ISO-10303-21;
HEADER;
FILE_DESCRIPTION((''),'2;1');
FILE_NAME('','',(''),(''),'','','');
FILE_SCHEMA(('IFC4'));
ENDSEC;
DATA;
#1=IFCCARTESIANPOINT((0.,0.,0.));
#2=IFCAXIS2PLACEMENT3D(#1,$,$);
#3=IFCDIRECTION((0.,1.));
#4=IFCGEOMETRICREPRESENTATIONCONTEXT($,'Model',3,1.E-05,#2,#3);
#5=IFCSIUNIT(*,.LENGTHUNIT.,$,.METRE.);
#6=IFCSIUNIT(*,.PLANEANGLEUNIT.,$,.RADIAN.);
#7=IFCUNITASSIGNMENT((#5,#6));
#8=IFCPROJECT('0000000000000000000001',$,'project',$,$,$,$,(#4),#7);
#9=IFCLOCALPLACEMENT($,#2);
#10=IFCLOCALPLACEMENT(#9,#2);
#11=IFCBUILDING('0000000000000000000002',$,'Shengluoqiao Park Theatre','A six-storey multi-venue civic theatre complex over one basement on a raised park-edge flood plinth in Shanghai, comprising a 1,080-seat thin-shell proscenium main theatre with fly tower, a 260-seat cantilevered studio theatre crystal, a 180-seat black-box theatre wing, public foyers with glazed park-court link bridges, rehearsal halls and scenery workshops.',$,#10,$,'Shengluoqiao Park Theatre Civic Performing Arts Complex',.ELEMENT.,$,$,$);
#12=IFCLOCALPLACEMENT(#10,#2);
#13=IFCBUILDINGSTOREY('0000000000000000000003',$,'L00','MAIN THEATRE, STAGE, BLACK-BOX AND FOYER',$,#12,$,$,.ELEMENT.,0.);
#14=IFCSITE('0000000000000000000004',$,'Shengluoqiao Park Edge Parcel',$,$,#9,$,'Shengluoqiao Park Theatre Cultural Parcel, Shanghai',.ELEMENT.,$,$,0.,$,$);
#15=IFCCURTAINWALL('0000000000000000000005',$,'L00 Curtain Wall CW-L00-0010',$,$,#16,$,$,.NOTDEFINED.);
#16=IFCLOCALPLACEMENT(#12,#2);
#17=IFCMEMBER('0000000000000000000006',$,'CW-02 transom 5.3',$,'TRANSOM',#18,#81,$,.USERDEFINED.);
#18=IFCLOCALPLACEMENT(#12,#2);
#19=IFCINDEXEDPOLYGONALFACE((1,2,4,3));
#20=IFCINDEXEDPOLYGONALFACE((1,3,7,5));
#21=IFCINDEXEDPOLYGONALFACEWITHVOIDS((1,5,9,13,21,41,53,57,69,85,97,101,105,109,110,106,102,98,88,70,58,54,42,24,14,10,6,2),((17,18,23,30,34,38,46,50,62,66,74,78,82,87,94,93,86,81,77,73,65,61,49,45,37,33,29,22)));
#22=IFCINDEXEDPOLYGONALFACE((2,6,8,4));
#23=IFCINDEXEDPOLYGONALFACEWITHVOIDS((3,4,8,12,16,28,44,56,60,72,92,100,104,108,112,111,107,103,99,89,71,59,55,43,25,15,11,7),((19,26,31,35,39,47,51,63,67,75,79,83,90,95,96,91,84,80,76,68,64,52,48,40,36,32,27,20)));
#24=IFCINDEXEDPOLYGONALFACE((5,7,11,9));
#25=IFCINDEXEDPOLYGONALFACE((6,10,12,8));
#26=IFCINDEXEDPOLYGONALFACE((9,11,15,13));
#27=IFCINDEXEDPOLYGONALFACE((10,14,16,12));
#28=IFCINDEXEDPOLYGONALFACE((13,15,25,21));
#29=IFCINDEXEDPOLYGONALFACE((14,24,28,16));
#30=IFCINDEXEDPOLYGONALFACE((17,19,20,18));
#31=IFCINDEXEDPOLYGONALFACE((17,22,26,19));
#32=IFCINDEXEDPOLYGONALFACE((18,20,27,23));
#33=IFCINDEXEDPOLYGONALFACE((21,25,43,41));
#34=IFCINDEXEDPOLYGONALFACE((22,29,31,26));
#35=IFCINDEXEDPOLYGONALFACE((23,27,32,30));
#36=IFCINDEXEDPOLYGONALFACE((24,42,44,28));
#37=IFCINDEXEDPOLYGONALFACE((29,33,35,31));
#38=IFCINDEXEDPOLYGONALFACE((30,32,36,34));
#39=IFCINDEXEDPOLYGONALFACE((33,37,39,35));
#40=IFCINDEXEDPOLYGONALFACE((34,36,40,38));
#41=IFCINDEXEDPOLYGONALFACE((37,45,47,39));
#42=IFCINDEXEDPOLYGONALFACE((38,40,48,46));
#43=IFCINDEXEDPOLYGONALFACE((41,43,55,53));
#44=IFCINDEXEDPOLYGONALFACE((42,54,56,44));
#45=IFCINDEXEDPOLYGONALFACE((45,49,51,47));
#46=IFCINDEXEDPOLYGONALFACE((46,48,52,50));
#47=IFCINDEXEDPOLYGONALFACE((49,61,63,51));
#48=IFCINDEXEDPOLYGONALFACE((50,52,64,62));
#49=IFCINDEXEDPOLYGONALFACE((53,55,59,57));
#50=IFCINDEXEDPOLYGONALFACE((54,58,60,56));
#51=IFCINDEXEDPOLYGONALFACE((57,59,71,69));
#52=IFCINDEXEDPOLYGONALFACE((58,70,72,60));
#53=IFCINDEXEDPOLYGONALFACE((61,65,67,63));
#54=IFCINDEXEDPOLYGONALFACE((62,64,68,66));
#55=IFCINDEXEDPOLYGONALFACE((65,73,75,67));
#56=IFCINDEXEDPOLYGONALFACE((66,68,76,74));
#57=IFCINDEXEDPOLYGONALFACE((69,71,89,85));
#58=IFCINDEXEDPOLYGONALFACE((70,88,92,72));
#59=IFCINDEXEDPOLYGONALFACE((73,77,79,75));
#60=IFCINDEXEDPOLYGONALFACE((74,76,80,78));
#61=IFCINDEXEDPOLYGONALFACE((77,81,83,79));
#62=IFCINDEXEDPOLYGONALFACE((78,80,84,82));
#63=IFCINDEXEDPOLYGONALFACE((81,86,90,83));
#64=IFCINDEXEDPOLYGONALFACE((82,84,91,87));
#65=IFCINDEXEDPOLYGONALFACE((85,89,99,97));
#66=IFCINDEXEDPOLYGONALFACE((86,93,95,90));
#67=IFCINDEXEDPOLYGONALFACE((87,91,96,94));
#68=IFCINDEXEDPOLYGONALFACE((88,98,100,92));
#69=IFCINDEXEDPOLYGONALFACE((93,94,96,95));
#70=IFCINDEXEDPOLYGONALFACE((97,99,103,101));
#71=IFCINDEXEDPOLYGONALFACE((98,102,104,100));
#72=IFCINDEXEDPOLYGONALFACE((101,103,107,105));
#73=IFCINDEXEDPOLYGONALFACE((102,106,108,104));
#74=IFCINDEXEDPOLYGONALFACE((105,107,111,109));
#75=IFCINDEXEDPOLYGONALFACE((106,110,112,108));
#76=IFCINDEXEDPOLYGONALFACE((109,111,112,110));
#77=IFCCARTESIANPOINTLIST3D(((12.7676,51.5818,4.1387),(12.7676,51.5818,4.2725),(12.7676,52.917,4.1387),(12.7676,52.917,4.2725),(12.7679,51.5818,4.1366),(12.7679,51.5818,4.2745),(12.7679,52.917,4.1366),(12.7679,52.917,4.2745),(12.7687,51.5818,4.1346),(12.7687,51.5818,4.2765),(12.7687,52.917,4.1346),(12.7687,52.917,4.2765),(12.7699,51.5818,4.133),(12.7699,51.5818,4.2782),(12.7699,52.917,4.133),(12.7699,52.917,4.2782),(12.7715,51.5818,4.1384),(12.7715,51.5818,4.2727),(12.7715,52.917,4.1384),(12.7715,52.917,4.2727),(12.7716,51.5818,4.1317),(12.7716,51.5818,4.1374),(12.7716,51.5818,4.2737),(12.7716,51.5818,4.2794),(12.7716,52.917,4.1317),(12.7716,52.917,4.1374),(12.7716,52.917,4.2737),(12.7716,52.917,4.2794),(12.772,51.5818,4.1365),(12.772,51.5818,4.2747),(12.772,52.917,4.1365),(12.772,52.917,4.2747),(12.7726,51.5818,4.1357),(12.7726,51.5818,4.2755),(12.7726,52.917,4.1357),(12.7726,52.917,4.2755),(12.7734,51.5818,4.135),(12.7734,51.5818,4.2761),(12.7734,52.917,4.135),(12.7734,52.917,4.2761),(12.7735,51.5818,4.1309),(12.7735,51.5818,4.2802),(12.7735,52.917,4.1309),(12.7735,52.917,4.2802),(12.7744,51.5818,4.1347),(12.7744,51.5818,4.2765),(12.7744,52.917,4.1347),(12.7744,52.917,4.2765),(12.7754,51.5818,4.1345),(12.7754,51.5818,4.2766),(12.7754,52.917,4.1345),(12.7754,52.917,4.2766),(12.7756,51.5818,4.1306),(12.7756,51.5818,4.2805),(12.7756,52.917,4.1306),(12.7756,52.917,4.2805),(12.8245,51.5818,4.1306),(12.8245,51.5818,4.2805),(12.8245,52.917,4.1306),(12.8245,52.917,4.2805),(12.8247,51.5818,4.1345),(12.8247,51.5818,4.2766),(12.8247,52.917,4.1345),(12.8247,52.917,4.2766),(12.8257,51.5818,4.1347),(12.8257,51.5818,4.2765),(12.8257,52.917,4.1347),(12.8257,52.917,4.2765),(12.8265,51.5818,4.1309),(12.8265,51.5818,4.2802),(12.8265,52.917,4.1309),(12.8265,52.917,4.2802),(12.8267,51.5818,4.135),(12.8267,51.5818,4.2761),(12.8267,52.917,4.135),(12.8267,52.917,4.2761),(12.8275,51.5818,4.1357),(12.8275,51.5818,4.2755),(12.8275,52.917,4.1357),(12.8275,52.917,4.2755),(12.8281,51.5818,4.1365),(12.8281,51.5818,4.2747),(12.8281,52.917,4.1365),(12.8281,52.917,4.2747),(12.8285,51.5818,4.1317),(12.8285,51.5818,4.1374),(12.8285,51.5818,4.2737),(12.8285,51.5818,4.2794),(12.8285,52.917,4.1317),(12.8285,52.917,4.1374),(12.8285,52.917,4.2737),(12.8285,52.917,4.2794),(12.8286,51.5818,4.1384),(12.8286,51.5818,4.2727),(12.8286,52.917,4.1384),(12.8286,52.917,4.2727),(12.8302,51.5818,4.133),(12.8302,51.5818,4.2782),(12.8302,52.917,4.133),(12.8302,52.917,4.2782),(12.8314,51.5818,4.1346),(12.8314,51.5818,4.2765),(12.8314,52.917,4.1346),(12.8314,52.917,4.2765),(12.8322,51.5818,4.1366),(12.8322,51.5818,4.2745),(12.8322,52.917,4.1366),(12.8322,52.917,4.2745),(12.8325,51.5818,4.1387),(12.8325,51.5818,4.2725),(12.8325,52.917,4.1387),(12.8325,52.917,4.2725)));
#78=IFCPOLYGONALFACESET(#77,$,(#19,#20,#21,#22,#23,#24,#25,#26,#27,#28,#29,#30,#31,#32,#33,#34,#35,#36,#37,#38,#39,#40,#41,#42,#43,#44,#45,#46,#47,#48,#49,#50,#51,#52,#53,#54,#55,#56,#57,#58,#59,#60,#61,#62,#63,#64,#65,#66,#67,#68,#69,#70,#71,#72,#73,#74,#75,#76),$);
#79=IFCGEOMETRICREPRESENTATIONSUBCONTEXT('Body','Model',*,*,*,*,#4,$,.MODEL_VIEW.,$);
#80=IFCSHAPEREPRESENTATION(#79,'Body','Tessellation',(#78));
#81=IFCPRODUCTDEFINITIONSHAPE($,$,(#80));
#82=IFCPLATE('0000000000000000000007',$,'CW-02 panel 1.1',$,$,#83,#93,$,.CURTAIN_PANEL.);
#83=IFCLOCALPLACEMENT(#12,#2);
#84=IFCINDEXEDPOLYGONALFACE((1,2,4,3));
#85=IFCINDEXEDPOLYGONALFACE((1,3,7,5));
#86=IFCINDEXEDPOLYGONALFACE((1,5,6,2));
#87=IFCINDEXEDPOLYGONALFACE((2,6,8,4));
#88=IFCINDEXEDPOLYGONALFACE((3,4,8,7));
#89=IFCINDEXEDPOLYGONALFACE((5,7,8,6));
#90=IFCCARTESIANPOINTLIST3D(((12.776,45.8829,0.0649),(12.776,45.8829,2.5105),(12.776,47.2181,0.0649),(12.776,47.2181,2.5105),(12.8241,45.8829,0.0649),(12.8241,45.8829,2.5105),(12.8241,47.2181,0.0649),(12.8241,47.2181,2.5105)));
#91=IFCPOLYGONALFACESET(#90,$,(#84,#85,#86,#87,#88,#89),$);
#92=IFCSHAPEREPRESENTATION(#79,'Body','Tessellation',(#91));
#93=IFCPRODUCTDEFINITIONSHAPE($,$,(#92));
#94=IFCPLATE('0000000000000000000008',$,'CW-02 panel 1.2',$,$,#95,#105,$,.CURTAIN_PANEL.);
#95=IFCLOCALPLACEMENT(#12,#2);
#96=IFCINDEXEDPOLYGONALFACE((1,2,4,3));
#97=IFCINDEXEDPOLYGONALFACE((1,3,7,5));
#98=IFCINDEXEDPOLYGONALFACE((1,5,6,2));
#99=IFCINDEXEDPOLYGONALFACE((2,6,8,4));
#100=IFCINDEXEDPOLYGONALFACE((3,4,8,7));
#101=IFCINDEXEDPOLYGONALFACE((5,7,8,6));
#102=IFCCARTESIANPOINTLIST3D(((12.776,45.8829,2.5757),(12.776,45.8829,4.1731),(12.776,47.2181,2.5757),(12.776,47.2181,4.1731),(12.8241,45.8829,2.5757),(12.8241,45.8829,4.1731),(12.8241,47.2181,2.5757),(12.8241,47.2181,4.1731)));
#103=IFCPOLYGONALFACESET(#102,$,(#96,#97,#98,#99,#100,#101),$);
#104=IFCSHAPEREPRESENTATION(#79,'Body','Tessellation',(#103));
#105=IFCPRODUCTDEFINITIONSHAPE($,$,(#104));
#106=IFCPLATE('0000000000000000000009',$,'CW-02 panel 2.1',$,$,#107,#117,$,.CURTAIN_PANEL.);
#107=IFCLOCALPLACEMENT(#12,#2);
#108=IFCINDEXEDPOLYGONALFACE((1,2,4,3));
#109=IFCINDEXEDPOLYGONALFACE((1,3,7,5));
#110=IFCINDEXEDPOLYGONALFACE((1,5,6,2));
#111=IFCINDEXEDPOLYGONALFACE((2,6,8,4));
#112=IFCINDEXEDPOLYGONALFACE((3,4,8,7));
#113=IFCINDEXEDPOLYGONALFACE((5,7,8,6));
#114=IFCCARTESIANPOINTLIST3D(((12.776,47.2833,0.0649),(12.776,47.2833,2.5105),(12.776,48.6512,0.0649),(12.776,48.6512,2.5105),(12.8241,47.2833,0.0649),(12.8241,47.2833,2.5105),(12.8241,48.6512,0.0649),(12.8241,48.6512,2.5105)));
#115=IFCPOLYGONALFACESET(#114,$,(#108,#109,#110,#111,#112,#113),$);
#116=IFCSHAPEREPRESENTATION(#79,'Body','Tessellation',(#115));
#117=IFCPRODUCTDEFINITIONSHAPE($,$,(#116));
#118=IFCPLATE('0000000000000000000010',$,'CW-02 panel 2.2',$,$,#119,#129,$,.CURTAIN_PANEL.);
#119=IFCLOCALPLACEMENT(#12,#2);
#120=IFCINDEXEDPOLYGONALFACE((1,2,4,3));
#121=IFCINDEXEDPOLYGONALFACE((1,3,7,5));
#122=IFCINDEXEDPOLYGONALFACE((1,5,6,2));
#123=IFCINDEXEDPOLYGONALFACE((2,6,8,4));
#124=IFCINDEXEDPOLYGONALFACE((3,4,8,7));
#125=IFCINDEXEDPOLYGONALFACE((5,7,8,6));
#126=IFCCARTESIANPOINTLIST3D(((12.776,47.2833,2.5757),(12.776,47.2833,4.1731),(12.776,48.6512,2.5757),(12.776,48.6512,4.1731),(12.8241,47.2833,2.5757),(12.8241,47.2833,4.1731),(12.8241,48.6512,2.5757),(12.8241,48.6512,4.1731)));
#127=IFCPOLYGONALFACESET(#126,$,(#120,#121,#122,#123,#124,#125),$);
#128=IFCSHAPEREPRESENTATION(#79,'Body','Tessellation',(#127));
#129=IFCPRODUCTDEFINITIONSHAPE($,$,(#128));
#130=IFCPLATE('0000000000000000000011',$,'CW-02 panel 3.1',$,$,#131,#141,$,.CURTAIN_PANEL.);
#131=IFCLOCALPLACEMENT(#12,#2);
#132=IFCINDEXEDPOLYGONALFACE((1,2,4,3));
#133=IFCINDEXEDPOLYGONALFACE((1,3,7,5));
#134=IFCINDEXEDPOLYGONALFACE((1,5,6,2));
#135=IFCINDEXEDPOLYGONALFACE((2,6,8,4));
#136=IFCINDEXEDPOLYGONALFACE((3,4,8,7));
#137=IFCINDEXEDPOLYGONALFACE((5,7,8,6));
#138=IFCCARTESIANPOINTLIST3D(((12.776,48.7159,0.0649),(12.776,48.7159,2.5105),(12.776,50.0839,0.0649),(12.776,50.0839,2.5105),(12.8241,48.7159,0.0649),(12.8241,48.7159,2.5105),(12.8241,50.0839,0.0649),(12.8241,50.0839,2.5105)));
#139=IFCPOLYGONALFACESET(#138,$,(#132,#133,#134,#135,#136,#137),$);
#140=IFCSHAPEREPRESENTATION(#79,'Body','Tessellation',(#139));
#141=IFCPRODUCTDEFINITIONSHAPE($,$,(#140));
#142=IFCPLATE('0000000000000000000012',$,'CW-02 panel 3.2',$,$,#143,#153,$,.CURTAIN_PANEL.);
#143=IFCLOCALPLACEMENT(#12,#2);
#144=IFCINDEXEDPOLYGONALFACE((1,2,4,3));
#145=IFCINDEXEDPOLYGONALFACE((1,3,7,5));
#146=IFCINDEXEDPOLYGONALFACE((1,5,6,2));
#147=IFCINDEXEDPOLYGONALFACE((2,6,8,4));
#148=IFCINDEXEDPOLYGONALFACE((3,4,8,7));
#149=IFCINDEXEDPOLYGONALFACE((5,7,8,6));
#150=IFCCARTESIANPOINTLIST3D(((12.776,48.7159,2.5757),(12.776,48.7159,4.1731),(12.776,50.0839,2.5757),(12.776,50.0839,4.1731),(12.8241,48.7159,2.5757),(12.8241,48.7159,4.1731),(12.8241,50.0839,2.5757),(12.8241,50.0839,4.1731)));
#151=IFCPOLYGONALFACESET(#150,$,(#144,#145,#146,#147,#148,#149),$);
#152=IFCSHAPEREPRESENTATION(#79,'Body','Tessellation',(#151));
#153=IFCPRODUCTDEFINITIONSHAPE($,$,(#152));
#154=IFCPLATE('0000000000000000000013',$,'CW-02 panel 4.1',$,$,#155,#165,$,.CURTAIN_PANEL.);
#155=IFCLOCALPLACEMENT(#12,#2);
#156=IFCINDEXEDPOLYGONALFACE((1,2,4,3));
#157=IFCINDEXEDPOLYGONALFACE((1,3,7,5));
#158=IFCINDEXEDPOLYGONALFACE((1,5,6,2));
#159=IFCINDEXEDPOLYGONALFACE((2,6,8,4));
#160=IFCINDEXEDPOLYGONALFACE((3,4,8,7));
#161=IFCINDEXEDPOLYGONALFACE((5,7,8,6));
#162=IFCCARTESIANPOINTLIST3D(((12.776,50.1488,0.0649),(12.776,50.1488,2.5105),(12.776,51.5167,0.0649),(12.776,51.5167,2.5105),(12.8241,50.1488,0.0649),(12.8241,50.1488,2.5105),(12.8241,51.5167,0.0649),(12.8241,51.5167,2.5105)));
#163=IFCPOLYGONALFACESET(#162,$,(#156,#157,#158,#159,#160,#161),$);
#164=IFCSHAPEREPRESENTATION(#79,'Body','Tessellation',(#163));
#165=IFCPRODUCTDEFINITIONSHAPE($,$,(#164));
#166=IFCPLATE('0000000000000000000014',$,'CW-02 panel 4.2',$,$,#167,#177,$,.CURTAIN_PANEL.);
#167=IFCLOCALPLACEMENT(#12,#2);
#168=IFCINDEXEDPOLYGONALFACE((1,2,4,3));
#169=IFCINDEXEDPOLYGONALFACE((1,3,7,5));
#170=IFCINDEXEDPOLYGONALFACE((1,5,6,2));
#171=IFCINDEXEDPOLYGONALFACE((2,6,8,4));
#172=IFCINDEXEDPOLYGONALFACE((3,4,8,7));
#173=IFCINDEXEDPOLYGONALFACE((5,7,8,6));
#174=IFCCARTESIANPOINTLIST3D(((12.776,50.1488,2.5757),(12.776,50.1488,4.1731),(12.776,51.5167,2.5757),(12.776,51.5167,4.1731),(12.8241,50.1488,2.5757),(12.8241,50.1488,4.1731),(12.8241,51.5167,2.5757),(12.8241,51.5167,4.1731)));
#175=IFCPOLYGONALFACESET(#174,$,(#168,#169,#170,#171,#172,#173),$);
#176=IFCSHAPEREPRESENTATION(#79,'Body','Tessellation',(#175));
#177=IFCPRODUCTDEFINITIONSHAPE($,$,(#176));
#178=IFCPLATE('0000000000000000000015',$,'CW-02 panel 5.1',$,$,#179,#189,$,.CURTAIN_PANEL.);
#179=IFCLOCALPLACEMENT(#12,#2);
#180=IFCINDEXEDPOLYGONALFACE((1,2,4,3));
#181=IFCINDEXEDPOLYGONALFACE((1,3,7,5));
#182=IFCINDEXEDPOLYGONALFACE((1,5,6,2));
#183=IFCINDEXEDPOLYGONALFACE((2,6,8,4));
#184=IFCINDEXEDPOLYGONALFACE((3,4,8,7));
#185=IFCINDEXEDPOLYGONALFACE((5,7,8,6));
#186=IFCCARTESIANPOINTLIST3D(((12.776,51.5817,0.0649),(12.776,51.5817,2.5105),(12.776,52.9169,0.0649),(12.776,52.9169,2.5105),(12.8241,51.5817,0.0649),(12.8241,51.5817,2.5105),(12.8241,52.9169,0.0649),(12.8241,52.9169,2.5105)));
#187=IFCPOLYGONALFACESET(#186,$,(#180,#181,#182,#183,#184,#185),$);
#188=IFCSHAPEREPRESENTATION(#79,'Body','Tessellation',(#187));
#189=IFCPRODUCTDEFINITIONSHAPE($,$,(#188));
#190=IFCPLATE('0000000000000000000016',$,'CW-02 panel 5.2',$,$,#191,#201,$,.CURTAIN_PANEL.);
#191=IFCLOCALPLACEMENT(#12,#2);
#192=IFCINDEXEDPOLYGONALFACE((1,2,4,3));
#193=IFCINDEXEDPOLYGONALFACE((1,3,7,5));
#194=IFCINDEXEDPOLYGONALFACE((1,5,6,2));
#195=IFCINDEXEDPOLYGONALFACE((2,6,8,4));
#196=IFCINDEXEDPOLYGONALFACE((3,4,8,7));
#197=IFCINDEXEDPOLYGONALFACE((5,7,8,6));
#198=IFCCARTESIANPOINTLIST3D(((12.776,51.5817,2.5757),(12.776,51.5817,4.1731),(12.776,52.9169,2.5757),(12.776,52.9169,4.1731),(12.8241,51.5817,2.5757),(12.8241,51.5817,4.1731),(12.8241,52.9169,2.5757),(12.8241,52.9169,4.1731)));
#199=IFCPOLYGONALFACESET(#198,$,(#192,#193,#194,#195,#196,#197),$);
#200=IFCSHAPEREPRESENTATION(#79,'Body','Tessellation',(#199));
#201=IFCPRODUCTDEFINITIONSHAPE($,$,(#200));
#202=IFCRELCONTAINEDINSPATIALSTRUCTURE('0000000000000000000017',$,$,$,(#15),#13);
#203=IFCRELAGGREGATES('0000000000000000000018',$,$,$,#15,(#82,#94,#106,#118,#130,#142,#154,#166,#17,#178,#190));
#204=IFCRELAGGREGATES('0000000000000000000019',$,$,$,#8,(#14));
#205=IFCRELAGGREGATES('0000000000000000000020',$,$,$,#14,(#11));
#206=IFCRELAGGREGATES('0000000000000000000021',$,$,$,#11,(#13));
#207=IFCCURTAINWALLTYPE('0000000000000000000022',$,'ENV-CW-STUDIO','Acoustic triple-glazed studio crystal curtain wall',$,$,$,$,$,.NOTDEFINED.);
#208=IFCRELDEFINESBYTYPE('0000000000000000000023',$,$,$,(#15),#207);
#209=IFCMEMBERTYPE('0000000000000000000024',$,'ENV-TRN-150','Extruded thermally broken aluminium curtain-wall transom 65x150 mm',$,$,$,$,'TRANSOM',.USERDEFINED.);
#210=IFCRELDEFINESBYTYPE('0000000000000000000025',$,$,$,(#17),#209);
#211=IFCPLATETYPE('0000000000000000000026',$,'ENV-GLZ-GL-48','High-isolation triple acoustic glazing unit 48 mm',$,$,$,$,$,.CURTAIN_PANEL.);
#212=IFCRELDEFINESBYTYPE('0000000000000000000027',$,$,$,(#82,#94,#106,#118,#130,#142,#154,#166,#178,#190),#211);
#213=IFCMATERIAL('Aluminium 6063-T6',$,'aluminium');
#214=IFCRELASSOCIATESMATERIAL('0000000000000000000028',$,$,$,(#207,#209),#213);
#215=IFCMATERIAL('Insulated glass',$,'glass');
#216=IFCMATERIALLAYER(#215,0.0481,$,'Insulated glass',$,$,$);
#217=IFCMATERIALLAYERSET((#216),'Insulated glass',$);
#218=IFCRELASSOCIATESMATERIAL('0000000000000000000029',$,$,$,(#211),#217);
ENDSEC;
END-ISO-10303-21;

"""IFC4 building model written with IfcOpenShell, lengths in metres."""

from ifc_helpers import new_model, si_unit, direction, frame, origin, origin_2d, place, context, subcontext, project, spatial, rectangle, hollow_rectangle, extrude, material, layer, layer_set, material_profile, profile_set, type_object, element, aggregate, save


model = new_model("IFC4")

# Units and contexts
model_context = context("Model", 3, precision=1e-05, world=origin(), true_north=direction((0.0, 1.0)))
body_context = subcontext(model_context, "Body", "Model", "MODEL_VIEW")
ifc_project = project(units=[si_unit("LENGTHUNIT", "METRE"), si_unit("PLANEANGLEUNIT", "RADIAN")], contexts=[model_context])

# Site, building, storey
site_placement = place(None, origin())
site = spatial("IfcSite", under=ifc_project, at=site_placement, Name="Shengluoqiao Park Edge Parcel", LongName="Shengluoqiao Park Theatre Cultural Parcel, Shanghai", CompositionType="ELEMENT", RefElevation=0.0)
building_placement = place(site_placement, origin())
building = spatial("IfcBuilding", under=site, at=building_placement, Name="Shengluoqiao Park Theatre", Description="A six-storey multi-venue civic theatre complex over one basement on a raised park-edge flood plinth in Shanghai, comprising a 1,080-seat thin-shell proscenium main theatre with fly tower, a 260-seat cantilevered studio theatre crystal, a 180-seat black-box theatre wing, public foyers with glazed park-court link bridges, rehearsal halls and scenery workshops.", LongName="Shengluoqiao Park Theatre Civic Performing Arts Complex", CompositionType="ELEMENT")
storey_placement = place(building_placement, origin())
storey = spatial("IfcBuildingStorey", under=building, at=storey_placement, Name="L00", Description="MAIN THEATRE, STAGE, BLACK-BOX AND FOYER", CompositionType="ELEMENT", Elevation=0.0)

# Curtain wall, member, plates
ifc_material_1 = material(Name="Aluminium 6063-T6", Category="aluminium")
curtain_wall_type = type_object("IfcCurtainWallType", Name="ENV-CW-STUDIO", Description="Acoustic triple-glazed studio crystal curtain wall", PredefinedType="NOTDEFINED", material=ifc_material_1)
curtain_wall_placement = place(storey_placement, origin())
curtain_wall = element("IfcCurtainWall", 1, at=curtain_wall_placement, inside=storey, type_object=curtain_wall_type, Name="L00 Curtain Wall CW-L00-0010", PredefinedType="NOTDEFINED")
ifc_material_profile_1 = material_profile(ifc_material_1, hollow_rectangle(XDim=0.0649, YDim=0.1499, WallThickness=0.0039, InnerFilletRadius=0.0039, OuterFilletRadius=0.0081, at=origin_2d()), Name="ALU TRANSOM 150x65x4")
ifc_profile_set_1 = profile_set([ifc_material_profile_1], Name="Aluminium 6063-T6")
member_type_1 = type_object("IfcMemberType", Name="ENV-TRN-150", Description="Extruded thermally broken aluminium curtain-wall transom 65x150 mm", ElementType="TRANSOM", PredefinedType="USERDEFINED", material=ifc_profile_set_1)
member_1_placement = place(storey_placement, frame((12.8, 51.5818, 4.2056), z_axis=(0.0, 1.0, 0.0), x_axis=(-1.0, 0.0, 0.0)))
member_1 = element("IfcMember", 2, at=member_1_placement, type_object=member_type_1, Name="CW-02 transom 5.3", ObjectType="TRANSOM", PredefinedType="USERDEFINED", context=body_context, shape_type="SweptSolid", body=[
    extrude(hollow_rectangle(XDim=0.0649, YDim=0.1499, WallThickness=0.0039, InnerFilletRadius=0.0039, OuterFilletRadius=0.0081, at=origin_2d()), origin(), (0.0, 0.0, 1.0), 1.3352),
])
ifc_material_2 = material(Name="Insulated glass", Category="glass")
ifc_layer = layer(ifc_material_2, 0.0481, Name="Insulated glass")
ifc_layer_set = layer_set([ifc_layer], Name="Insulated glass")
plate_type = type_object("IfcPlateType", Name="ENV-GLZ-GL-48", Description="High-isolation triple acoustic glazing unit 48 mm", PredefinedType="CURTAIN_PANEL", material=ifc_layer_set)
plate_1_placement = place(storey_placement, frame((12.8, 46.5505, 0.0649), z_axis=(0.0, 0.0, 1.0), x_axis=(0.0, 1.0, 0.0)))
plate_1 = element("IfcPlate", 3, at=plate_1_placement, type_object=plate_type, Name="CW-02 panel 1.1", PredefinedType="CURTAIN_PANEL", context=body_context, shape_type="SweptSolid", body=[
    extrude(rectangle(XDim=1.3352, YDim=0.0481, at=origin_2d()), origin(), (0.0, 0.0, 1.0), 2.4456),
])
plate_2_placement = place(storey_placement, frame((12.8, 46.5505, 2.5757), z_axis=(0.0, 0.0, 1.0), x_axis=(0.0, 1.0, 0.0)))
plate_2 = element("IfcPlate", 4, at=plate_2_placement, type_object=plate_type, Name="CW-02 panel 1.2", PredefinedType="CURTAIN_PANEL", context=body_context, shape_type="SweptSolid", body=[
    extrude(rectangle(XDim=1.3352, YDim=0.0481, at=origin_2d()), origin(), (0.0, 0.0, 1.0), 1.5974),
])
plate_3_placement = place(storey_placement, frame((12.8, 47.9673, 0.0649), z_axis=(0.0, 0.0, 1.0), x_axis=(0.0, 1.0, 0.0)))
plate_3 = element("IfcPlate", 5, at=plate_3_placement, type_object=plate_type, Name="CW-02 panel 2.1", PredefinedType="CURTAIN_PANEL", context=body_context, shape_type="SweptSolid", body=[
    extrude(rectangle(XDim=1.3679, YDim=0.0481, at=origin_2d()), origin(), (0.0, 0.0, 1.0), 2.4456),
])
plate_4_placement = place(storey_placement, frame((12.8, 47.9673, 2.5757), z_axis=(0.0, 0.0, 1.0), x_axis=(0.0, 1.0, 0.0)))
plate_4 = element("IfcPlate", 6, at=plate_4_placement, type_object=plate_type, Name="CW-02 panel 2.2", PredefinedType="CURTAIN_PANEL", context=body_context, shape_type="SweptSolid", body=[
    extrude(rectangle(XDim=1.3679, YDim=0.0481, at=origin_2d()), origin(), (0.0, 0.0, 1.0), 1.5974),
])
plate_5_placement = place(storey_placement, frame((12.8, 49.3999, 0.0649), z_axis=(0.0, 0.0, 1.0), x_axis=(0.0, 1.0, 0.0)))
plate_5 = element("IfcPlate", 7, at=plate_5_placement, type_object=plate_type, Name="CW-02 panel 3.1", PredefinedType="CURTAIN_PANEL", context=body_context, shape_type="SweptSolid", body=[
    extrude(rectangle(XDim=1.3679, YDim=0.0481, at=origin_2d()), origin(), (0.0, 0.0, 1.0), 2.4456),
])
plate_6_placement = place(storey_placement, frame((12.8, 49.3999, 2.5757), z_axis=(0.0, 0.0, 1.0), x_axis=(0.0, 1.0, 0.0)))
plate_6 = element("IfcPlate", 8, at=plate_6_placement, type_object=plate_type, Name="CW-02 panel 3.2", PredefinedType="CURTAIN_PANEL", context=body_context, shape_type="SweptSolid", body=[
    extrude(rectangle(XDim=1.3679, YDim=0.0481, at=origin_2d()), origin(), (0.0, 0.0, 1.0), 1.5974),
])
plate_7_placement = place(storey_placement, frame((12.8, 50.8328, 0.0649), z_axis=(0.0, 0.0, 1.0), x_axis=(0.0, 1.0, 0.0)))
plate_7 = element("IfcPlate", 9, at=plate_7_placement, type_object=plate_type, Name="CW-02 panel 4.1", PredefinedType="CURTAIN_PANEL", context=body_context, shape_type="SweptSolid", body=[
    extrude(rectangle(XDim=1.3679, YDim=0.0481, at=origin_2d()), origin(), (0.0, 0.0, 1.0), 2.4456),
])
plate_8_placement = place(storey_placement, frame((12.8, 50.8328, 2.5757), z_axis=(0.0, 0.0, 1.0), x_axis=(0.0, 1.0, 0.0)))
plate_8 = element("IfcPlate", 10, at=plate_8_placement, type_object=plate_type, Name="CW-02 panel 4.2", PredefinedType="CURTAIN_PANEL", context=body_context, shape_type="SweptSolid", body=[
    extrude(rectangle(XDim=1.3679, YDim=0.0481, at=origin_2d()), origin(), (0.0, 0.0, 1.0), 1.5974),
])
plate_9_placement = place(storey_placement, frame((12.8, 52.2493, 0.0649), z_axis=(0.0, 0.0, 1.0), x_axis=(0.0, 1.0, 0.0)))
plate_9 = element("IfcPlate", 11, at=plate_9_placement, type_object=plate_type, Name="CW-02 panel 5.1", PredefinedType="CURTAIN_PANEL", context=body_context, shape_type="SweptSolid", body=[
    extrude(rectangle(XDim=1.3352, YDim=0.0481, at=origin_2d()), origin(), (0.0, 0.0, 1.0), 2.4456),
])
plate_10_placement = place(storey_placement, frame((12.8, 52.2493, 2.5757), z_axis=(0.0, 0.0, 1.0), x_axis=(0.0, 1.0, 0.0)))
plate_10 = element("IfcPlate", 12, at=plate_10_placement, type_object=plate_type, Name="CW-02 panel 5.2", PredefinedType="CURTAIN_PANEL", context=body_context, shape_type="SweptSolid", body=[
    extrude(rectangle(XDim=1.3352, YDim=0.0481, at=origin_2d()), origin(), (0.0, 0.0, 1.0), 1.5974),
])
aggregate(curtain_wall, [plate_1, plate_2, plate_3, plate_4, plate_5, plate_6, plate_7, plate_8, member_1, plate_9, plate_10])

save(model, "model.ifc")
